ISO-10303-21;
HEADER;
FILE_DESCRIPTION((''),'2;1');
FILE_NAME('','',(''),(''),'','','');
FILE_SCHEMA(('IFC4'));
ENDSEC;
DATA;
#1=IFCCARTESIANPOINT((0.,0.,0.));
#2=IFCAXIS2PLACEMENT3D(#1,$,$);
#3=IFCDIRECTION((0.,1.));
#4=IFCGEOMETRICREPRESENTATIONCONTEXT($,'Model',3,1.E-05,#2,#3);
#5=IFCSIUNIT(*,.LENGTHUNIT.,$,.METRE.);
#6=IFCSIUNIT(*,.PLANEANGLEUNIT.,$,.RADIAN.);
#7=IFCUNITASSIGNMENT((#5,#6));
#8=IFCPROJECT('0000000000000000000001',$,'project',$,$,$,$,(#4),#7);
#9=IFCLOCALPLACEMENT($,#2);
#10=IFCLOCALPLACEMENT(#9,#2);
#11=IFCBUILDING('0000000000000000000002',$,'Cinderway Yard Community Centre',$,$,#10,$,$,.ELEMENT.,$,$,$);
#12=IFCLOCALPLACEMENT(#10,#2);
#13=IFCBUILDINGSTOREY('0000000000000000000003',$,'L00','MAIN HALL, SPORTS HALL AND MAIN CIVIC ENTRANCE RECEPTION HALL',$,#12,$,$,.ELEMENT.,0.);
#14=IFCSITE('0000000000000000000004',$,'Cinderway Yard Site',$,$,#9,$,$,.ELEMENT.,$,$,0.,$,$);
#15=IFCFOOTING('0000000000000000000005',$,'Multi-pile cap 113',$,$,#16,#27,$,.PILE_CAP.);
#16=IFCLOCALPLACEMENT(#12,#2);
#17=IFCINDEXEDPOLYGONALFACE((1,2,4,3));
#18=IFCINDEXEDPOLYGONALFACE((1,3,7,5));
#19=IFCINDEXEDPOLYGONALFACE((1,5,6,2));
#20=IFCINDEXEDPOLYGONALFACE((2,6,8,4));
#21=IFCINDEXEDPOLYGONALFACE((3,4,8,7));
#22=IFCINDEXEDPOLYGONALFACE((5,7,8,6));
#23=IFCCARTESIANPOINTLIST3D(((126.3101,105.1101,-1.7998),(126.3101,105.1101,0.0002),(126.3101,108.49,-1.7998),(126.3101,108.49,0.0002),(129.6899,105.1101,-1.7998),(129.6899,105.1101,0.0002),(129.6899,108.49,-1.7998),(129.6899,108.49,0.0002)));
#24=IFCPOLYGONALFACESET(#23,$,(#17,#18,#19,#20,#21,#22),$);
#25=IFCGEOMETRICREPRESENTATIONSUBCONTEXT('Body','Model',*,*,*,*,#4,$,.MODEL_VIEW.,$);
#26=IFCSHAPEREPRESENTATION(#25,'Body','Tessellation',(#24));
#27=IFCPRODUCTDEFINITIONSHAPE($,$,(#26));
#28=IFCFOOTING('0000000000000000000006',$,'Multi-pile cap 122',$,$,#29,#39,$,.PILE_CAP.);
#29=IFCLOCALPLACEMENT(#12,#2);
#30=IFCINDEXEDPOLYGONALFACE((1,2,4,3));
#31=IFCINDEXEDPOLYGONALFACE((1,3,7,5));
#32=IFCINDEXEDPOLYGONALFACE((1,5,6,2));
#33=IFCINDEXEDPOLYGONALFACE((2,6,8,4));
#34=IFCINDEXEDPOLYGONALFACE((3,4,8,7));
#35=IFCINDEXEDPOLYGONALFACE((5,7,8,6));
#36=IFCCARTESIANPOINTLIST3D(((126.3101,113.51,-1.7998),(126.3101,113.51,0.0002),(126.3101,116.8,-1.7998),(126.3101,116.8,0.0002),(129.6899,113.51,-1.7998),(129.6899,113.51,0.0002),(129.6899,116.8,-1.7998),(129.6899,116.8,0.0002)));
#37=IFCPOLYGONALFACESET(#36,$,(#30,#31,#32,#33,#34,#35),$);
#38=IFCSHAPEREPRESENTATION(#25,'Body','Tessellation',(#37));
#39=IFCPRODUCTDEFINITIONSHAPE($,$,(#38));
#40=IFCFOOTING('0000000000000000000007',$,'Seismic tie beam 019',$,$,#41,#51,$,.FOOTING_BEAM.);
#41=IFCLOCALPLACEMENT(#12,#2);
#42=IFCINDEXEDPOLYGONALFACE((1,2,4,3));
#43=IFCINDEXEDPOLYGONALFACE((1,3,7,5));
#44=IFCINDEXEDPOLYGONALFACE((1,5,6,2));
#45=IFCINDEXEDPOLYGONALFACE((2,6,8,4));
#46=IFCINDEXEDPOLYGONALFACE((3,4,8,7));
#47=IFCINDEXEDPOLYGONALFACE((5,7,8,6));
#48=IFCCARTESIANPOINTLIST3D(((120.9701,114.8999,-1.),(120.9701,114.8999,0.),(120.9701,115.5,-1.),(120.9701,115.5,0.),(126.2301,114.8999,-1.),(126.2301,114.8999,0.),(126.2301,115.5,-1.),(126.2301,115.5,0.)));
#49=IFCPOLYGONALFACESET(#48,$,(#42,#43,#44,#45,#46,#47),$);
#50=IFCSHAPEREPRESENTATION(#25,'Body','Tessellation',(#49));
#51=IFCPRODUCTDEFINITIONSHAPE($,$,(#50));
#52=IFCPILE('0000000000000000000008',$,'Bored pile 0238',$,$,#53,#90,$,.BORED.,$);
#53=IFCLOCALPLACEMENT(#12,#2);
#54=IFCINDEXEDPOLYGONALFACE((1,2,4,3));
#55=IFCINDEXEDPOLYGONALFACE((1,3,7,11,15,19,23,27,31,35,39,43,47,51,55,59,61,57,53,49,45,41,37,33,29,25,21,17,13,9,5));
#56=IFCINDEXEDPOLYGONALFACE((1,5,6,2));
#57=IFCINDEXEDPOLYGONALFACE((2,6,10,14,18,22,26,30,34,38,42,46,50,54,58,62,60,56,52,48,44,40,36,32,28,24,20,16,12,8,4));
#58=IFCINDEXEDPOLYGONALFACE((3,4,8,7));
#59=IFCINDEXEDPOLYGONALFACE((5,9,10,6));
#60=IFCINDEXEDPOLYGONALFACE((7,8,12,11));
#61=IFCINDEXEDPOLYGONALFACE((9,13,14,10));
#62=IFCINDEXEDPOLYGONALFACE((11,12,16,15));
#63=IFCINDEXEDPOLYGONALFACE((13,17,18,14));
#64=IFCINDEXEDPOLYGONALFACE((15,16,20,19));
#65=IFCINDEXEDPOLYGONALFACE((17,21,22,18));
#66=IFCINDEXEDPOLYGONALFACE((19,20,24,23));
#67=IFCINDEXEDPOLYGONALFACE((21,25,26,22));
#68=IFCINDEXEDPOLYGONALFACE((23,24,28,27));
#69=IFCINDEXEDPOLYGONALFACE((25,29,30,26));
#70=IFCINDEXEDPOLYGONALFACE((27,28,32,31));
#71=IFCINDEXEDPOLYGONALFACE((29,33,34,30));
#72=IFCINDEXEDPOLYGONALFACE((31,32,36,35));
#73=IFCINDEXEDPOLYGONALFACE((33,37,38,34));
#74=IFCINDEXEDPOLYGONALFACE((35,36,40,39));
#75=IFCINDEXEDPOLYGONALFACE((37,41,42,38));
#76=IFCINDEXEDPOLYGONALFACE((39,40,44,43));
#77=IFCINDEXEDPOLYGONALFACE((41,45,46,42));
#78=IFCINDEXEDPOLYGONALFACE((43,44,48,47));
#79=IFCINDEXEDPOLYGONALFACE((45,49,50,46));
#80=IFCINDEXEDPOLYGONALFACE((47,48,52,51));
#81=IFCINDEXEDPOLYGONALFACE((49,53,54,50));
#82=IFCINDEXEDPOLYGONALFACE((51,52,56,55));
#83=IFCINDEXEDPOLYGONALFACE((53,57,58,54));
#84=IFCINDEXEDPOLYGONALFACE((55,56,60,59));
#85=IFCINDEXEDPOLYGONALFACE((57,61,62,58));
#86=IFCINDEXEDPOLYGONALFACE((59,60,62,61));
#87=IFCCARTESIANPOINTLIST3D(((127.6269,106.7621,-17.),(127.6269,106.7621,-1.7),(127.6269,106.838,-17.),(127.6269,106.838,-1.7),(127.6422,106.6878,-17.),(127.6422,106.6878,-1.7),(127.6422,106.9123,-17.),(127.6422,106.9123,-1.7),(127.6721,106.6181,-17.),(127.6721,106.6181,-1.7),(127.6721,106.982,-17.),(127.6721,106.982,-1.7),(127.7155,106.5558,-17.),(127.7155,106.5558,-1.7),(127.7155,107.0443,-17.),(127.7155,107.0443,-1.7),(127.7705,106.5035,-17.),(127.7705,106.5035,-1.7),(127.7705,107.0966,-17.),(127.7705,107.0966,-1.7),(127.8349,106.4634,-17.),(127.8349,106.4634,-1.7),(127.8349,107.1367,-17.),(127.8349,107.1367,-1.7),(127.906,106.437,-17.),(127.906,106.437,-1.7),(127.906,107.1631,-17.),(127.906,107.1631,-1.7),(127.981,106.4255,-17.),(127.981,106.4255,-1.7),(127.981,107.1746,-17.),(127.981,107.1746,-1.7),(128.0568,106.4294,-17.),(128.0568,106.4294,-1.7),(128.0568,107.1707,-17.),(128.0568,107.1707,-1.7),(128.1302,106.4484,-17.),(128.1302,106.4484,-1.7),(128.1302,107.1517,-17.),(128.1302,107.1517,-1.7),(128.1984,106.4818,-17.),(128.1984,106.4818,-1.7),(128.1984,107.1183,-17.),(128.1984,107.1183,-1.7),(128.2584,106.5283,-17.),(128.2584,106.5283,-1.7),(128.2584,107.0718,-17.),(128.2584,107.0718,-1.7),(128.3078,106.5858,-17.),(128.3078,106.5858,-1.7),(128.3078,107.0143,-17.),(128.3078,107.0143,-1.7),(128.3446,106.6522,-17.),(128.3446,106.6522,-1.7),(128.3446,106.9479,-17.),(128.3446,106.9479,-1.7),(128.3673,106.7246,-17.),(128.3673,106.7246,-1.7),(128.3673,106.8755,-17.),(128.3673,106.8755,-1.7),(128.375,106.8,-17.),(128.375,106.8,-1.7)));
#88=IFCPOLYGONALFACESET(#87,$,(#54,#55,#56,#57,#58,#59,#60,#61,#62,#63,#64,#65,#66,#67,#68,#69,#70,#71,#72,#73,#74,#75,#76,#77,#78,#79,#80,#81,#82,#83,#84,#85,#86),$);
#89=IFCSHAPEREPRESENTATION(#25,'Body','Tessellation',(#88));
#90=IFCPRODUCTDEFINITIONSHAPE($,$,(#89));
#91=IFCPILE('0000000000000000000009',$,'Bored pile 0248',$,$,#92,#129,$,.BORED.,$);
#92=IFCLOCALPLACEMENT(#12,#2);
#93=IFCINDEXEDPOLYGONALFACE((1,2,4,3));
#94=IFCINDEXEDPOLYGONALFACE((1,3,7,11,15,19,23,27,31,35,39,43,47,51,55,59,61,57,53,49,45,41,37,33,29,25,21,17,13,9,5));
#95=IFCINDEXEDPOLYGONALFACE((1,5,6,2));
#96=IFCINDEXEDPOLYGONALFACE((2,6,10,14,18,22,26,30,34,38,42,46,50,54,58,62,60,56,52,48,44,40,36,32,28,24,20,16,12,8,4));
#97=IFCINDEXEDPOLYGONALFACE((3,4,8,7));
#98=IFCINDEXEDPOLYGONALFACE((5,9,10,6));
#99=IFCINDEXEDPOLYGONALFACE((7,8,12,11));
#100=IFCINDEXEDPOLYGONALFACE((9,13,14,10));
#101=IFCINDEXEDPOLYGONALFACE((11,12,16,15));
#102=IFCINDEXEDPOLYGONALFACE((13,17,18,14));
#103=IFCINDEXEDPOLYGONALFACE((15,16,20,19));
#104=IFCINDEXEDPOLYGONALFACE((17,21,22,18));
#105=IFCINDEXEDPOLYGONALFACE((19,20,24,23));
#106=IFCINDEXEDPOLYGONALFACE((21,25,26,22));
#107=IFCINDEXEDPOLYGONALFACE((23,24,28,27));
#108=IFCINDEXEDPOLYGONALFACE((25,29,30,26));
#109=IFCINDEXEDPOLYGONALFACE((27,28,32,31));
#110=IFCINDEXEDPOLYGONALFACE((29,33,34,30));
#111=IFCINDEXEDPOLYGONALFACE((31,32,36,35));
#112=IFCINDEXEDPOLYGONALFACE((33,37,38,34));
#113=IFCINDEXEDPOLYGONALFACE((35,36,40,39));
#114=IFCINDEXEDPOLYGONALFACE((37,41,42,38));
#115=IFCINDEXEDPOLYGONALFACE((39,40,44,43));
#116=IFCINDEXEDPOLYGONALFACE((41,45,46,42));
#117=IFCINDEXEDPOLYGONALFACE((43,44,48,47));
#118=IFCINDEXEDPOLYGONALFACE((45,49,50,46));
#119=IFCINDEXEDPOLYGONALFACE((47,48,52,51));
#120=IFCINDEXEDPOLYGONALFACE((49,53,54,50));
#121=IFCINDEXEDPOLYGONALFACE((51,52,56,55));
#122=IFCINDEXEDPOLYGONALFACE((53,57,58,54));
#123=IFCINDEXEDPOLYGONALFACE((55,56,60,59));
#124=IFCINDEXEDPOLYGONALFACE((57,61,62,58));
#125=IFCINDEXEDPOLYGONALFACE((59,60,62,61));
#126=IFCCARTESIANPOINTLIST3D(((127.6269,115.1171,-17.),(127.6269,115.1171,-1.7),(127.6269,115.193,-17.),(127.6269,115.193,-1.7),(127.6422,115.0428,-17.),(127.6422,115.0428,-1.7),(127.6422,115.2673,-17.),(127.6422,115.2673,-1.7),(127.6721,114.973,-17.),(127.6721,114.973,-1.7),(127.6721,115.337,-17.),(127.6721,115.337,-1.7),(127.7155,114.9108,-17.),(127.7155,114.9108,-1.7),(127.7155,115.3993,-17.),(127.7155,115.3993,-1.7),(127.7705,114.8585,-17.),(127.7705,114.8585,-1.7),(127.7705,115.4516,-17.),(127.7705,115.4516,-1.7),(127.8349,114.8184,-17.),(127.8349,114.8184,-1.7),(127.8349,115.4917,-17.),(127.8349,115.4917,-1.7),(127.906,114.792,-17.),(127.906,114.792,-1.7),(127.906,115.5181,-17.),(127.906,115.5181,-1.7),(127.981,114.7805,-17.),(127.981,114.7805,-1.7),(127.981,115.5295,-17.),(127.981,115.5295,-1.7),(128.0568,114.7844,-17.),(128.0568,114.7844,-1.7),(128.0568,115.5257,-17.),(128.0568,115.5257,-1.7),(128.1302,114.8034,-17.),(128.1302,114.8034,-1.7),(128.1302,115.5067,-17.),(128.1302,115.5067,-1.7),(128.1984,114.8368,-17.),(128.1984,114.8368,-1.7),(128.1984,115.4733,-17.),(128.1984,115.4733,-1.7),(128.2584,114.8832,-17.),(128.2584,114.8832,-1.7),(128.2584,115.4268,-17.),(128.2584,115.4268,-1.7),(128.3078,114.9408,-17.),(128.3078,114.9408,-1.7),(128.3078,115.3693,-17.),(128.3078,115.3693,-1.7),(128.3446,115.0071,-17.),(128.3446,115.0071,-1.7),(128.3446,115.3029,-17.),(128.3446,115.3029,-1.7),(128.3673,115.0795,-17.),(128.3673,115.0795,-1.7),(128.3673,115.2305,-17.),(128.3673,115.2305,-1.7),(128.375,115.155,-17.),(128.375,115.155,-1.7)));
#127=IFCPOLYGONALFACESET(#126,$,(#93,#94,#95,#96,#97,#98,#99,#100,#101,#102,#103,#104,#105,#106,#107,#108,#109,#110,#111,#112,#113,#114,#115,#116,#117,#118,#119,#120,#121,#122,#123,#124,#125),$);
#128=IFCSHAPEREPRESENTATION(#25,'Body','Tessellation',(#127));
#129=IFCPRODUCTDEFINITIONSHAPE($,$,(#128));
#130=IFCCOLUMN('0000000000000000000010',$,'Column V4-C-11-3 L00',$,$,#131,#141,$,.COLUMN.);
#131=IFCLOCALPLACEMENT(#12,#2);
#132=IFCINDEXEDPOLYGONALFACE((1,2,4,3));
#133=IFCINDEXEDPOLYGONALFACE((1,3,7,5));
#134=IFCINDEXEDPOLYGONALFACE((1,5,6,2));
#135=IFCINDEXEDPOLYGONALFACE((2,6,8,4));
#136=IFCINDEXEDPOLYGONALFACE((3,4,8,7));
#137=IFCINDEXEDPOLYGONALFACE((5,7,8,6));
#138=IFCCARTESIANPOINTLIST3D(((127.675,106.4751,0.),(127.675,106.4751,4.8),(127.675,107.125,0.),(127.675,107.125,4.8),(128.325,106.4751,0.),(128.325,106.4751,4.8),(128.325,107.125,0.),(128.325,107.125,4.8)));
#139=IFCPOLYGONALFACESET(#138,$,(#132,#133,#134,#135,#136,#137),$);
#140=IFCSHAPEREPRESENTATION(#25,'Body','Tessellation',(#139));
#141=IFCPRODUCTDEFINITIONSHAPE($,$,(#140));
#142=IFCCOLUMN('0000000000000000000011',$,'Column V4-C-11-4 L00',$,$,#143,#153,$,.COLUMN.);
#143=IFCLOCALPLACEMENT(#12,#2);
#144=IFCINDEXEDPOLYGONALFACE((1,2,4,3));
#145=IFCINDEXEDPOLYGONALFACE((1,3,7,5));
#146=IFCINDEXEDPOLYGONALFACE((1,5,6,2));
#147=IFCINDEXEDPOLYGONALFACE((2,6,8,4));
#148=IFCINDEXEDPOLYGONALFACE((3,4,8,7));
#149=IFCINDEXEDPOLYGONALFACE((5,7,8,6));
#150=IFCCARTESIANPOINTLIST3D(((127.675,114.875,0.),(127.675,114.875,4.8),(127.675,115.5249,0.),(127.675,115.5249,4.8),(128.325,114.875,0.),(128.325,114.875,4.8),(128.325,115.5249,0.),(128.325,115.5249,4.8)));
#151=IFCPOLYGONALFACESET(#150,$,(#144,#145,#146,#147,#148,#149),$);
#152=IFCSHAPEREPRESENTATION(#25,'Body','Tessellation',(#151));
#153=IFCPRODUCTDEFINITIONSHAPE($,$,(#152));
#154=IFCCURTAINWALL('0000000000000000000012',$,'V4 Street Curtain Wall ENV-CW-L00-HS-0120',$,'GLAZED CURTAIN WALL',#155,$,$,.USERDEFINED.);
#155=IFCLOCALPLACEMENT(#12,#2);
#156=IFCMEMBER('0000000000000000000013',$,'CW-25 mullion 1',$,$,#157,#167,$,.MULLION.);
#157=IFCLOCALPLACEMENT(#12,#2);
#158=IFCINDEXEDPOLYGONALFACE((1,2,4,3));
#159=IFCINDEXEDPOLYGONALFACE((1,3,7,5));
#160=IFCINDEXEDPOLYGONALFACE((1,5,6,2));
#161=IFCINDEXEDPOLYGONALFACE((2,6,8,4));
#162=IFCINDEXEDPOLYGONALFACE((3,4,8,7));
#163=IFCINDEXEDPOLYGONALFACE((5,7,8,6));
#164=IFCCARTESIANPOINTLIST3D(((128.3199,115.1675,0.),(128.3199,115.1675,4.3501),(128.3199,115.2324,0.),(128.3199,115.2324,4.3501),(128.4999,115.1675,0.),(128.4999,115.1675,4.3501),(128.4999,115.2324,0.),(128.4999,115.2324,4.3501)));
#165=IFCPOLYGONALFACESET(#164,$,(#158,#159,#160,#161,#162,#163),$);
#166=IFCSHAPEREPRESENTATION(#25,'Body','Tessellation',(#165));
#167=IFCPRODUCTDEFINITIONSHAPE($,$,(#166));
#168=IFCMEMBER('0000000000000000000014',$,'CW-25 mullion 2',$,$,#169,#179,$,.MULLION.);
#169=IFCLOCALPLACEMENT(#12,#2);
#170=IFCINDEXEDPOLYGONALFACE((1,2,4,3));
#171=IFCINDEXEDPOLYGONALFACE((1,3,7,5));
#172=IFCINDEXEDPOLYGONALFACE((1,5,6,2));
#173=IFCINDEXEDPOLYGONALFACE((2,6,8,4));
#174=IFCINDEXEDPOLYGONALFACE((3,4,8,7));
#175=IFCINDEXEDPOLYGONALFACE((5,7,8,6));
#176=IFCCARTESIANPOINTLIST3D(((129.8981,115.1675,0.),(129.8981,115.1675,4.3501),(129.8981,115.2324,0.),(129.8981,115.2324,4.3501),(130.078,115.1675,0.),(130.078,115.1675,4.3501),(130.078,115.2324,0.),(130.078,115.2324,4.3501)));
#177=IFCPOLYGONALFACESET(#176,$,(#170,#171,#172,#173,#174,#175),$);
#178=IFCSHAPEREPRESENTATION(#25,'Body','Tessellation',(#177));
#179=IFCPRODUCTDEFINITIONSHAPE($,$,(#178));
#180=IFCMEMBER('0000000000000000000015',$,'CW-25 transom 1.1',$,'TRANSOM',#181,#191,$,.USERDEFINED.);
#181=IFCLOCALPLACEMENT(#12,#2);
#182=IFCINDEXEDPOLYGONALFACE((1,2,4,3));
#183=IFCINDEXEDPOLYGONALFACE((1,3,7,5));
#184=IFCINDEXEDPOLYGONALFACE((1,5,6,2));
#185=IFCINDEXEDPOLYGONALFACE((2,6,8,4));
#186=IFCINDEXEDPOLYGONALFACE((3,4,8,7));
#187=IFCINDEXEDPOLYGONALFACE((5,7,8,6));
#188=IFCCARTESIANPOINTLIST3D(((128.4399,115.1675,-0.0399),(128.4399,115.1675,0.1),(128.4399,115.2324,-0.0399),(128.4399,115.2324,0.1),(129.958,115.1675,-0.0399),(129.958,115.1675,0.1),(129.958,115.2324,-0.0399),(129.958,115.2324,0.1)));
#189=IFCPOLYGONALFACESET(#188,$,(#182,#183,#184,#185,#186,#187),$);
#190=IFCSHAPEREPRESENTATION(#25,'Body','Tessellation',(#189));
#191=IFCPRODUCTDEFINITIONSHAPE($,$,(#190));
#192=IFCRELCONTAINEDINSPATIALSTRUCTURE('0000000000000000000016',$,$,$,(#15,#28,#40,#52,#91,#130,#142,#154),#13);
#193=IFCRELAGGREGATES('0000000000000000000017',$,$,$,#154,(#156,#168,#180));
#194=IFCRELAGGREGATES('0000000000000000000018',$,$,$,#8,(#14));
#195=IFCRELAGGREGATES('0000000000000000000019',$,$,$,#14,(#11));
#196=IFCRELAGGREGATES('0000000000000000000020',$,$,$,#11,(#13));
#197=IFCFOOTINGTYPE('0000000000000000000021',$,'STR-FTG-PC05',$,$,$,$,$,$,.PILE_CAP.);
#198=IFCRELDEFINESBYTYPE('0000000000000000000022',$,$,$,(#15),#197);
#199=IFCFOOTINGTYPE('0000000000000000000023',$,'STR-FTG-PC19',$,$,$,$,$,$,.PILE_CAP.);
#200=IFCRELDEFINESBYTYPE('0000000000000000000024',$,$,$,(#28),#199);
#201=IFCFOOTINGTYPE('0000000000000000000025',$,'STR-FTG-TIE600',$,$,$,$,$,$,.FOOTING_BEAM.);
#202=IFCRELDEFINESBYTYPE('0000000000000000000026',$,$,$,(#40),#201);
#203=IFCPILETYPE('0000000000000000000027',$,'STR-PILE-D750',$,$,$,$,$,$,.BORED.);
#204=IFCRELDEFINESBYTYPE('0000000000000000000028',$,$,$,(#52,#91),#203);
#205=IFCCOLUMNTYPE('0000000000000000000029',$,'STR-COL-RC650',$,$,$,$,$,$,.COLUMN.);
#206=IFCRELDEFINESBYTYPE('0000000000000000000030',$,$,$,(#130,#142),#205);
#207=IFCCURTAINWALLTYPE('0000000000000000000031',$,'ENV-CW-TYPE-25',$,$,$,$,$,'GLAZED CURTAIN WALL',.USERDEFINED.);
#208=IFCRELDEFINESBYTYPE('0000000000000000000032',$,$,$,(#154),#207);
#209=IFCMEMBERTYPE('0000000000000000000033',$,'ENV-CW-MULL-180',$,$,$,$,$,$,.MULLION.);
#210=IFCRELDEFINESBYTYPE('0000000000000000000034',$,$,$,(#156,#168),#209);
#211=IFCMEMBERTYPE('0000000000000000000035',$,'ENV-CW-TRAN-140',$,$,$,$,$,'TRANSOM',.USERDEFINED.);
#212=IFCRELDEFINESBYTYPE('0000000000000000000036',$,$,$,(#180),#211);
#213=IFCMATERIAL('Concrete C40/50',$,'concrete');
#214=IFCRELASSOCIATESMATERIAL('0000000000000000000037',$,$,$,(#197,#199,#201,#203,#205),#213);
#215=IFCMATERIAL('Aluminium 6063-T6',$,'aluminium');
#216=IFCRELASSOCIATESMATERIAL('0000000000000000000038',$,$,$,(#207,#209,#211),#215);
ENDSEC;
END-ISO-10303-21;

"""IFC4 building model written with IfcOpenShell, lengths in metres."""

from ifc_helpers import new_model, si_unit, direction, frame, origin, origin_2d, place, context, subcontext, project, spatial, rectangle, circle, extrude, material, material_profile, profile_set, type_object, element, aggregate, save


model = new_model("IFC4")

# Units and contexts
model_context = context("Model", 3, precision=1e-05, world=origin(), true_north=direction((0.0, 1.0)))
body_context = subcontext(model_context, "Body", "Model", "MODEL_VIEW")
ifc_project = project(units=[si_unit("LENGTHUNIT", "METRE"), si_unit("PLANEANGLEUNIT", "RADIAN")], contexts=[model_context])

# Site, building, storey
site_placement = place(None, origin())
site = spatial("IfcSite", under=ifc_project, at=site_placement, Name="Cinderway Yard Site", CompositionType="ELEMENT", RefElevation=0.0)
building_placement = place(site_placement, origin())
building = spatial("IfcBuilding", under=site, at=building_placement, Name="Cinderway Yard Community Centre", CompositionType="ELEMENT")
storey_placement = place(building_placement, origin())
storey = spatial("IfcBuildingStorey", under=building, at=storey_placement, Name="L00", Description="MAIN HALL, SPORTS HALL AND MAIN CIVIC ENTRANCE RECEPTION HALL", CompositionType="ELEMENT", Elevation=0.0)

# Footings
ifc_material_1 = material(Name="Concrete C40/50", Category="concrete")
footing_type_1 = type_object("IfcFootingType", Name="STR-FTG-PC05", PredefinedType="PILE_CAP", material=ifc_material_1)
footing_1_placement = place(storey_placement, frame((128.0, 106.8, -1.7998), z_axis=(0.0, 0.0, 1.0), x_axis=(1.0, 0.0, 0.0)))
element("IfcFooting", 1, at=footing_1_placement, inside=storey, type_object=footing_type_1, Name="Multi-pile cap 113", PredefinedType="PILE_CAP", context=body_context, shape_type="SweptSolid", body=[
    extrude(rectangle(XDim=3.3799, YDim=3.3799, at=origin_2d()), origin(), (0.0, 0.0, 1.0), 1.8),
])
footing_type_2 = type_object("IfcFootingType", Name="STR-FTG-PC19", PredefinedType="PILE_CAP", material=ifc_material_1)
footing_2_placement = place(storey_placement, frame((128.0, 115.155, -1.7998), z_axis=(0.0, 0.0, 1.0), x_axis=(1.0, 0.0, 0.0)))
element("IfcFooting", 2, at=footing_2_placement, inside=storey, type_object=footing_type_2, Name="Multi-pile cap 122", PredefinedType="PILE_CAP", context=body_context, shape_type="SweptSolid", body=[
    extrude(rectangle(XDim=3.3799, YDim=3.29, at=origin_2d()), origin(), (0.0, 0.0, 1.0), 1.8),
])
footing_type_3 = type_object("IfcFootingType", Name="STR-FTG-TIE600", PredefinedType="FOOTING_BEAM", material=ifc_material_1)
footing_3_placement = place(storey_placement, frame((123.6001, 115.2, -1.0), z_axis=(0.0, 0.0, 1.0), x_axis=(1.0, 0.0, 0.0)))
element("IfcFooting", 3, at=footing_3_placement, inside=storey, type_object=footing_type_3, Name="Seismic tie beam 019", PredefinedType="FOOTING_BEAM", context=body_context, shape_type="SweptSolid", body=[
    extrude(rectangle(XDim=5.26, YDim=0.6001, at=origin_2d()), origin(), (0.0, 0.0, 1.0), 1.0),
])

# Piles
ifc_material_profile_1 = material_profile(ifc_material_1, circle(Radius=0.375, at=origin_2d()), Name="Concrete C40/50")
ifc_profile_set_1 = profile_set([ifc_material_profile_1], Name="Concrete C40/50")
pile_type = type_object("IfcPileType", Name="STR-PILE-D750", PredefinedType="BORED", material=ifc_profile_set_1)
for number, where, z_axis, x_axis, name in (
    (4, (128.0, 106.8, -1.7), (0.0, 0.0, -1.0), (1.0, 0.0, 0.0), "Bored pile 0238"),
    (5, (128.0, 115.155, -1.7), (0.0, 0.0, -1.0), (1.0, 0.0, 0.0), "Bored pile 0248"),
):
    element("IfcPile", number, at=place(storey_placement, frame(where, z_axis=z_axis, x_axis=x_axis)), inside=storey, type_object=pile_type, Name=name, PredefinedType="BORED", context=body_context, shape_type="SweptSolid", body=[
        extrude(circle(Radius=0.375, at=origin_2d()), origin(), (0.0, 0.0, 1.0), 15.3),
    ])

# Columns
ifc_material_profile_2 = material_profile(ifc_material_1, rectangle(XDim=0.6499, YDim=0.6499, at=origin_2d()), Name="Concrete C40/50")
ifc_profile_set_2 = profile_set([ifc_material_profile_2], Name="Concrete C40/50")
column_type = type_object("IfcColumnType", Name="STR-COL-RC650", PredefinedType="COLUMN", material=ifc_profile_set_2)
for number, where, z_axis, x_axis, name in (
    (6, (128.0, 106.8, 0.0), (0.0, 0.0, 1.0), (1.0, 0.0, 0.0), "Column V4-C-11-3 L00"),
    (7, (128.0, 115.2, 0.0), (0.0, 0.0, 1.0), (1.0, 0.0, 0.0), "Column V4-C-11-4 L00"),
):
    element("IfcColumn", number, at=place(storey_placement, frame(where, z_axis=z_axis, x_axis=x_axis)), inside=storey, type_object=column_type, Name=name, PredefinedType="COLUMN", context=body_context, shape_type="SweptSolid", body=[
        extrude(rectangle(XDim=0.6499, YDim=0.6499, at=origin_2d()), origin(), (0.0, 0.0, 1.0), 4.8),
    ])

# Curtain wall, members
ifc_material_2 = material(Name="Aluminium 6063-T6", Category="aluminium")
curtain_wall_type = type_object("IfcCurtainWallType", Name="ENV-CW-TYPE-25", ElementType="GLAZED CURTAIN WALL", PredefinedType="USERDEFINED", material=ifc_material_2)
curtain_wall_placement = place(storey_placement, origin())
curtain_wall = element("IfcCurtainWall", 8, at=curtain_wall_placement, inside=storey, type_object=curtain_wall_type, Name="V4 Street Curtain Wall ENV-CW-L00-HS-0120", ObjectType="GLAZED CURTAIN WALL", PredefinedType="USERDEFINED")
ifc_material_profile_3 = material_profile(ifc_material_2, rectangle(XDim=0.0649, YDim=0.1799, at=origin_2d()), Name="Aluminium 6063-T6")
ifc_profile_set_3 = profile_set([ifc_material_profile_3], Name="Aluminium 6063-T6")
member_type_1 = type_object("IfcMemberType", Name="ENV-CW-MULL-180", PredefinedType="MULLION", material=ifc_profile_set_3)
member_1_placement = place(storey_placement, frame((128.4099, 115.2, 0.0), z_axis=(0.0, 0.0, 1.0), x_axis=(0.0, 1.0, 0.0)))
member_1 = element("IfcMember", 9, at=member_1_placement, type_object=member_type_1, Name="CW-25 mullion 1", PredefinedType="MULLION", context=body_context, shape_type="SweptSolid", body=[
    extrude(rectangle(XDim=0.0649, YDim=0.1799, at=origin_2d()), origin(), (0.0, 0.0, 1.0), 4.3501),
])
member_2_placement = place(storey_placement, frame((129.988, 115.2, 0.0), z_axis=(0.0, 0.0, 1.0), x_axis=(0.0, 1.0, 0.0)))
member_2 = element("IfcMember", 10, at=member_2_placement, type_object=member_type_1, Name="CW-25 mullion 2", PredefinedType="MULLION", context=body_context, shape_type="SweptSolid", body=[
    extrude(rectangle(XDim=0.0649, YDim=0.1799, at=origin_2d()), origin(), (0.0, 0.0, 1.0), 4.3501),
])
ifc_material_profile_4 = material_profile(ifc_material_2, rectangle(XDim=0.0649, YDim=0.1399, at=origin_2d()), Name="Aluminium 6063-T6")
ifc_profile_set_4 = profile_set([ifc_material_profile_4], Name="Aluminium 6063-T6")
member_type_2 = type_object("IfcMemberType", Name="ENV-CW-TRAN-140", ElementType="TRANSOM", PredefinedType="USERDEFINED", material=ifc_profile_set_4)
member_3_placement = place(storey_placement, frame((128.4399, 115.2, 0.03), z_axis=(1.0, 0.0, 0.0), x_axis=(0.0, 1.0, 0.0)))
member_3 = element("IfcMember", 11, at=member_3_placement, type_object=member_type_2, Name="CW-25 transom 1.1", ObjectType="TRANSOM", PredefinedType="USERDEFINED", context=body_context, shape_type="SweptSolid", body=[
    extrude(rectangle(XDim=0.0649, YDim=0.1399, at=origin_2d()), origin(), (0.0, 0.0, 1.0), 1.5181),
])
aggregate(curtain_wall, [member_1, member_2, member_3])

save(model, "model.ifc")
